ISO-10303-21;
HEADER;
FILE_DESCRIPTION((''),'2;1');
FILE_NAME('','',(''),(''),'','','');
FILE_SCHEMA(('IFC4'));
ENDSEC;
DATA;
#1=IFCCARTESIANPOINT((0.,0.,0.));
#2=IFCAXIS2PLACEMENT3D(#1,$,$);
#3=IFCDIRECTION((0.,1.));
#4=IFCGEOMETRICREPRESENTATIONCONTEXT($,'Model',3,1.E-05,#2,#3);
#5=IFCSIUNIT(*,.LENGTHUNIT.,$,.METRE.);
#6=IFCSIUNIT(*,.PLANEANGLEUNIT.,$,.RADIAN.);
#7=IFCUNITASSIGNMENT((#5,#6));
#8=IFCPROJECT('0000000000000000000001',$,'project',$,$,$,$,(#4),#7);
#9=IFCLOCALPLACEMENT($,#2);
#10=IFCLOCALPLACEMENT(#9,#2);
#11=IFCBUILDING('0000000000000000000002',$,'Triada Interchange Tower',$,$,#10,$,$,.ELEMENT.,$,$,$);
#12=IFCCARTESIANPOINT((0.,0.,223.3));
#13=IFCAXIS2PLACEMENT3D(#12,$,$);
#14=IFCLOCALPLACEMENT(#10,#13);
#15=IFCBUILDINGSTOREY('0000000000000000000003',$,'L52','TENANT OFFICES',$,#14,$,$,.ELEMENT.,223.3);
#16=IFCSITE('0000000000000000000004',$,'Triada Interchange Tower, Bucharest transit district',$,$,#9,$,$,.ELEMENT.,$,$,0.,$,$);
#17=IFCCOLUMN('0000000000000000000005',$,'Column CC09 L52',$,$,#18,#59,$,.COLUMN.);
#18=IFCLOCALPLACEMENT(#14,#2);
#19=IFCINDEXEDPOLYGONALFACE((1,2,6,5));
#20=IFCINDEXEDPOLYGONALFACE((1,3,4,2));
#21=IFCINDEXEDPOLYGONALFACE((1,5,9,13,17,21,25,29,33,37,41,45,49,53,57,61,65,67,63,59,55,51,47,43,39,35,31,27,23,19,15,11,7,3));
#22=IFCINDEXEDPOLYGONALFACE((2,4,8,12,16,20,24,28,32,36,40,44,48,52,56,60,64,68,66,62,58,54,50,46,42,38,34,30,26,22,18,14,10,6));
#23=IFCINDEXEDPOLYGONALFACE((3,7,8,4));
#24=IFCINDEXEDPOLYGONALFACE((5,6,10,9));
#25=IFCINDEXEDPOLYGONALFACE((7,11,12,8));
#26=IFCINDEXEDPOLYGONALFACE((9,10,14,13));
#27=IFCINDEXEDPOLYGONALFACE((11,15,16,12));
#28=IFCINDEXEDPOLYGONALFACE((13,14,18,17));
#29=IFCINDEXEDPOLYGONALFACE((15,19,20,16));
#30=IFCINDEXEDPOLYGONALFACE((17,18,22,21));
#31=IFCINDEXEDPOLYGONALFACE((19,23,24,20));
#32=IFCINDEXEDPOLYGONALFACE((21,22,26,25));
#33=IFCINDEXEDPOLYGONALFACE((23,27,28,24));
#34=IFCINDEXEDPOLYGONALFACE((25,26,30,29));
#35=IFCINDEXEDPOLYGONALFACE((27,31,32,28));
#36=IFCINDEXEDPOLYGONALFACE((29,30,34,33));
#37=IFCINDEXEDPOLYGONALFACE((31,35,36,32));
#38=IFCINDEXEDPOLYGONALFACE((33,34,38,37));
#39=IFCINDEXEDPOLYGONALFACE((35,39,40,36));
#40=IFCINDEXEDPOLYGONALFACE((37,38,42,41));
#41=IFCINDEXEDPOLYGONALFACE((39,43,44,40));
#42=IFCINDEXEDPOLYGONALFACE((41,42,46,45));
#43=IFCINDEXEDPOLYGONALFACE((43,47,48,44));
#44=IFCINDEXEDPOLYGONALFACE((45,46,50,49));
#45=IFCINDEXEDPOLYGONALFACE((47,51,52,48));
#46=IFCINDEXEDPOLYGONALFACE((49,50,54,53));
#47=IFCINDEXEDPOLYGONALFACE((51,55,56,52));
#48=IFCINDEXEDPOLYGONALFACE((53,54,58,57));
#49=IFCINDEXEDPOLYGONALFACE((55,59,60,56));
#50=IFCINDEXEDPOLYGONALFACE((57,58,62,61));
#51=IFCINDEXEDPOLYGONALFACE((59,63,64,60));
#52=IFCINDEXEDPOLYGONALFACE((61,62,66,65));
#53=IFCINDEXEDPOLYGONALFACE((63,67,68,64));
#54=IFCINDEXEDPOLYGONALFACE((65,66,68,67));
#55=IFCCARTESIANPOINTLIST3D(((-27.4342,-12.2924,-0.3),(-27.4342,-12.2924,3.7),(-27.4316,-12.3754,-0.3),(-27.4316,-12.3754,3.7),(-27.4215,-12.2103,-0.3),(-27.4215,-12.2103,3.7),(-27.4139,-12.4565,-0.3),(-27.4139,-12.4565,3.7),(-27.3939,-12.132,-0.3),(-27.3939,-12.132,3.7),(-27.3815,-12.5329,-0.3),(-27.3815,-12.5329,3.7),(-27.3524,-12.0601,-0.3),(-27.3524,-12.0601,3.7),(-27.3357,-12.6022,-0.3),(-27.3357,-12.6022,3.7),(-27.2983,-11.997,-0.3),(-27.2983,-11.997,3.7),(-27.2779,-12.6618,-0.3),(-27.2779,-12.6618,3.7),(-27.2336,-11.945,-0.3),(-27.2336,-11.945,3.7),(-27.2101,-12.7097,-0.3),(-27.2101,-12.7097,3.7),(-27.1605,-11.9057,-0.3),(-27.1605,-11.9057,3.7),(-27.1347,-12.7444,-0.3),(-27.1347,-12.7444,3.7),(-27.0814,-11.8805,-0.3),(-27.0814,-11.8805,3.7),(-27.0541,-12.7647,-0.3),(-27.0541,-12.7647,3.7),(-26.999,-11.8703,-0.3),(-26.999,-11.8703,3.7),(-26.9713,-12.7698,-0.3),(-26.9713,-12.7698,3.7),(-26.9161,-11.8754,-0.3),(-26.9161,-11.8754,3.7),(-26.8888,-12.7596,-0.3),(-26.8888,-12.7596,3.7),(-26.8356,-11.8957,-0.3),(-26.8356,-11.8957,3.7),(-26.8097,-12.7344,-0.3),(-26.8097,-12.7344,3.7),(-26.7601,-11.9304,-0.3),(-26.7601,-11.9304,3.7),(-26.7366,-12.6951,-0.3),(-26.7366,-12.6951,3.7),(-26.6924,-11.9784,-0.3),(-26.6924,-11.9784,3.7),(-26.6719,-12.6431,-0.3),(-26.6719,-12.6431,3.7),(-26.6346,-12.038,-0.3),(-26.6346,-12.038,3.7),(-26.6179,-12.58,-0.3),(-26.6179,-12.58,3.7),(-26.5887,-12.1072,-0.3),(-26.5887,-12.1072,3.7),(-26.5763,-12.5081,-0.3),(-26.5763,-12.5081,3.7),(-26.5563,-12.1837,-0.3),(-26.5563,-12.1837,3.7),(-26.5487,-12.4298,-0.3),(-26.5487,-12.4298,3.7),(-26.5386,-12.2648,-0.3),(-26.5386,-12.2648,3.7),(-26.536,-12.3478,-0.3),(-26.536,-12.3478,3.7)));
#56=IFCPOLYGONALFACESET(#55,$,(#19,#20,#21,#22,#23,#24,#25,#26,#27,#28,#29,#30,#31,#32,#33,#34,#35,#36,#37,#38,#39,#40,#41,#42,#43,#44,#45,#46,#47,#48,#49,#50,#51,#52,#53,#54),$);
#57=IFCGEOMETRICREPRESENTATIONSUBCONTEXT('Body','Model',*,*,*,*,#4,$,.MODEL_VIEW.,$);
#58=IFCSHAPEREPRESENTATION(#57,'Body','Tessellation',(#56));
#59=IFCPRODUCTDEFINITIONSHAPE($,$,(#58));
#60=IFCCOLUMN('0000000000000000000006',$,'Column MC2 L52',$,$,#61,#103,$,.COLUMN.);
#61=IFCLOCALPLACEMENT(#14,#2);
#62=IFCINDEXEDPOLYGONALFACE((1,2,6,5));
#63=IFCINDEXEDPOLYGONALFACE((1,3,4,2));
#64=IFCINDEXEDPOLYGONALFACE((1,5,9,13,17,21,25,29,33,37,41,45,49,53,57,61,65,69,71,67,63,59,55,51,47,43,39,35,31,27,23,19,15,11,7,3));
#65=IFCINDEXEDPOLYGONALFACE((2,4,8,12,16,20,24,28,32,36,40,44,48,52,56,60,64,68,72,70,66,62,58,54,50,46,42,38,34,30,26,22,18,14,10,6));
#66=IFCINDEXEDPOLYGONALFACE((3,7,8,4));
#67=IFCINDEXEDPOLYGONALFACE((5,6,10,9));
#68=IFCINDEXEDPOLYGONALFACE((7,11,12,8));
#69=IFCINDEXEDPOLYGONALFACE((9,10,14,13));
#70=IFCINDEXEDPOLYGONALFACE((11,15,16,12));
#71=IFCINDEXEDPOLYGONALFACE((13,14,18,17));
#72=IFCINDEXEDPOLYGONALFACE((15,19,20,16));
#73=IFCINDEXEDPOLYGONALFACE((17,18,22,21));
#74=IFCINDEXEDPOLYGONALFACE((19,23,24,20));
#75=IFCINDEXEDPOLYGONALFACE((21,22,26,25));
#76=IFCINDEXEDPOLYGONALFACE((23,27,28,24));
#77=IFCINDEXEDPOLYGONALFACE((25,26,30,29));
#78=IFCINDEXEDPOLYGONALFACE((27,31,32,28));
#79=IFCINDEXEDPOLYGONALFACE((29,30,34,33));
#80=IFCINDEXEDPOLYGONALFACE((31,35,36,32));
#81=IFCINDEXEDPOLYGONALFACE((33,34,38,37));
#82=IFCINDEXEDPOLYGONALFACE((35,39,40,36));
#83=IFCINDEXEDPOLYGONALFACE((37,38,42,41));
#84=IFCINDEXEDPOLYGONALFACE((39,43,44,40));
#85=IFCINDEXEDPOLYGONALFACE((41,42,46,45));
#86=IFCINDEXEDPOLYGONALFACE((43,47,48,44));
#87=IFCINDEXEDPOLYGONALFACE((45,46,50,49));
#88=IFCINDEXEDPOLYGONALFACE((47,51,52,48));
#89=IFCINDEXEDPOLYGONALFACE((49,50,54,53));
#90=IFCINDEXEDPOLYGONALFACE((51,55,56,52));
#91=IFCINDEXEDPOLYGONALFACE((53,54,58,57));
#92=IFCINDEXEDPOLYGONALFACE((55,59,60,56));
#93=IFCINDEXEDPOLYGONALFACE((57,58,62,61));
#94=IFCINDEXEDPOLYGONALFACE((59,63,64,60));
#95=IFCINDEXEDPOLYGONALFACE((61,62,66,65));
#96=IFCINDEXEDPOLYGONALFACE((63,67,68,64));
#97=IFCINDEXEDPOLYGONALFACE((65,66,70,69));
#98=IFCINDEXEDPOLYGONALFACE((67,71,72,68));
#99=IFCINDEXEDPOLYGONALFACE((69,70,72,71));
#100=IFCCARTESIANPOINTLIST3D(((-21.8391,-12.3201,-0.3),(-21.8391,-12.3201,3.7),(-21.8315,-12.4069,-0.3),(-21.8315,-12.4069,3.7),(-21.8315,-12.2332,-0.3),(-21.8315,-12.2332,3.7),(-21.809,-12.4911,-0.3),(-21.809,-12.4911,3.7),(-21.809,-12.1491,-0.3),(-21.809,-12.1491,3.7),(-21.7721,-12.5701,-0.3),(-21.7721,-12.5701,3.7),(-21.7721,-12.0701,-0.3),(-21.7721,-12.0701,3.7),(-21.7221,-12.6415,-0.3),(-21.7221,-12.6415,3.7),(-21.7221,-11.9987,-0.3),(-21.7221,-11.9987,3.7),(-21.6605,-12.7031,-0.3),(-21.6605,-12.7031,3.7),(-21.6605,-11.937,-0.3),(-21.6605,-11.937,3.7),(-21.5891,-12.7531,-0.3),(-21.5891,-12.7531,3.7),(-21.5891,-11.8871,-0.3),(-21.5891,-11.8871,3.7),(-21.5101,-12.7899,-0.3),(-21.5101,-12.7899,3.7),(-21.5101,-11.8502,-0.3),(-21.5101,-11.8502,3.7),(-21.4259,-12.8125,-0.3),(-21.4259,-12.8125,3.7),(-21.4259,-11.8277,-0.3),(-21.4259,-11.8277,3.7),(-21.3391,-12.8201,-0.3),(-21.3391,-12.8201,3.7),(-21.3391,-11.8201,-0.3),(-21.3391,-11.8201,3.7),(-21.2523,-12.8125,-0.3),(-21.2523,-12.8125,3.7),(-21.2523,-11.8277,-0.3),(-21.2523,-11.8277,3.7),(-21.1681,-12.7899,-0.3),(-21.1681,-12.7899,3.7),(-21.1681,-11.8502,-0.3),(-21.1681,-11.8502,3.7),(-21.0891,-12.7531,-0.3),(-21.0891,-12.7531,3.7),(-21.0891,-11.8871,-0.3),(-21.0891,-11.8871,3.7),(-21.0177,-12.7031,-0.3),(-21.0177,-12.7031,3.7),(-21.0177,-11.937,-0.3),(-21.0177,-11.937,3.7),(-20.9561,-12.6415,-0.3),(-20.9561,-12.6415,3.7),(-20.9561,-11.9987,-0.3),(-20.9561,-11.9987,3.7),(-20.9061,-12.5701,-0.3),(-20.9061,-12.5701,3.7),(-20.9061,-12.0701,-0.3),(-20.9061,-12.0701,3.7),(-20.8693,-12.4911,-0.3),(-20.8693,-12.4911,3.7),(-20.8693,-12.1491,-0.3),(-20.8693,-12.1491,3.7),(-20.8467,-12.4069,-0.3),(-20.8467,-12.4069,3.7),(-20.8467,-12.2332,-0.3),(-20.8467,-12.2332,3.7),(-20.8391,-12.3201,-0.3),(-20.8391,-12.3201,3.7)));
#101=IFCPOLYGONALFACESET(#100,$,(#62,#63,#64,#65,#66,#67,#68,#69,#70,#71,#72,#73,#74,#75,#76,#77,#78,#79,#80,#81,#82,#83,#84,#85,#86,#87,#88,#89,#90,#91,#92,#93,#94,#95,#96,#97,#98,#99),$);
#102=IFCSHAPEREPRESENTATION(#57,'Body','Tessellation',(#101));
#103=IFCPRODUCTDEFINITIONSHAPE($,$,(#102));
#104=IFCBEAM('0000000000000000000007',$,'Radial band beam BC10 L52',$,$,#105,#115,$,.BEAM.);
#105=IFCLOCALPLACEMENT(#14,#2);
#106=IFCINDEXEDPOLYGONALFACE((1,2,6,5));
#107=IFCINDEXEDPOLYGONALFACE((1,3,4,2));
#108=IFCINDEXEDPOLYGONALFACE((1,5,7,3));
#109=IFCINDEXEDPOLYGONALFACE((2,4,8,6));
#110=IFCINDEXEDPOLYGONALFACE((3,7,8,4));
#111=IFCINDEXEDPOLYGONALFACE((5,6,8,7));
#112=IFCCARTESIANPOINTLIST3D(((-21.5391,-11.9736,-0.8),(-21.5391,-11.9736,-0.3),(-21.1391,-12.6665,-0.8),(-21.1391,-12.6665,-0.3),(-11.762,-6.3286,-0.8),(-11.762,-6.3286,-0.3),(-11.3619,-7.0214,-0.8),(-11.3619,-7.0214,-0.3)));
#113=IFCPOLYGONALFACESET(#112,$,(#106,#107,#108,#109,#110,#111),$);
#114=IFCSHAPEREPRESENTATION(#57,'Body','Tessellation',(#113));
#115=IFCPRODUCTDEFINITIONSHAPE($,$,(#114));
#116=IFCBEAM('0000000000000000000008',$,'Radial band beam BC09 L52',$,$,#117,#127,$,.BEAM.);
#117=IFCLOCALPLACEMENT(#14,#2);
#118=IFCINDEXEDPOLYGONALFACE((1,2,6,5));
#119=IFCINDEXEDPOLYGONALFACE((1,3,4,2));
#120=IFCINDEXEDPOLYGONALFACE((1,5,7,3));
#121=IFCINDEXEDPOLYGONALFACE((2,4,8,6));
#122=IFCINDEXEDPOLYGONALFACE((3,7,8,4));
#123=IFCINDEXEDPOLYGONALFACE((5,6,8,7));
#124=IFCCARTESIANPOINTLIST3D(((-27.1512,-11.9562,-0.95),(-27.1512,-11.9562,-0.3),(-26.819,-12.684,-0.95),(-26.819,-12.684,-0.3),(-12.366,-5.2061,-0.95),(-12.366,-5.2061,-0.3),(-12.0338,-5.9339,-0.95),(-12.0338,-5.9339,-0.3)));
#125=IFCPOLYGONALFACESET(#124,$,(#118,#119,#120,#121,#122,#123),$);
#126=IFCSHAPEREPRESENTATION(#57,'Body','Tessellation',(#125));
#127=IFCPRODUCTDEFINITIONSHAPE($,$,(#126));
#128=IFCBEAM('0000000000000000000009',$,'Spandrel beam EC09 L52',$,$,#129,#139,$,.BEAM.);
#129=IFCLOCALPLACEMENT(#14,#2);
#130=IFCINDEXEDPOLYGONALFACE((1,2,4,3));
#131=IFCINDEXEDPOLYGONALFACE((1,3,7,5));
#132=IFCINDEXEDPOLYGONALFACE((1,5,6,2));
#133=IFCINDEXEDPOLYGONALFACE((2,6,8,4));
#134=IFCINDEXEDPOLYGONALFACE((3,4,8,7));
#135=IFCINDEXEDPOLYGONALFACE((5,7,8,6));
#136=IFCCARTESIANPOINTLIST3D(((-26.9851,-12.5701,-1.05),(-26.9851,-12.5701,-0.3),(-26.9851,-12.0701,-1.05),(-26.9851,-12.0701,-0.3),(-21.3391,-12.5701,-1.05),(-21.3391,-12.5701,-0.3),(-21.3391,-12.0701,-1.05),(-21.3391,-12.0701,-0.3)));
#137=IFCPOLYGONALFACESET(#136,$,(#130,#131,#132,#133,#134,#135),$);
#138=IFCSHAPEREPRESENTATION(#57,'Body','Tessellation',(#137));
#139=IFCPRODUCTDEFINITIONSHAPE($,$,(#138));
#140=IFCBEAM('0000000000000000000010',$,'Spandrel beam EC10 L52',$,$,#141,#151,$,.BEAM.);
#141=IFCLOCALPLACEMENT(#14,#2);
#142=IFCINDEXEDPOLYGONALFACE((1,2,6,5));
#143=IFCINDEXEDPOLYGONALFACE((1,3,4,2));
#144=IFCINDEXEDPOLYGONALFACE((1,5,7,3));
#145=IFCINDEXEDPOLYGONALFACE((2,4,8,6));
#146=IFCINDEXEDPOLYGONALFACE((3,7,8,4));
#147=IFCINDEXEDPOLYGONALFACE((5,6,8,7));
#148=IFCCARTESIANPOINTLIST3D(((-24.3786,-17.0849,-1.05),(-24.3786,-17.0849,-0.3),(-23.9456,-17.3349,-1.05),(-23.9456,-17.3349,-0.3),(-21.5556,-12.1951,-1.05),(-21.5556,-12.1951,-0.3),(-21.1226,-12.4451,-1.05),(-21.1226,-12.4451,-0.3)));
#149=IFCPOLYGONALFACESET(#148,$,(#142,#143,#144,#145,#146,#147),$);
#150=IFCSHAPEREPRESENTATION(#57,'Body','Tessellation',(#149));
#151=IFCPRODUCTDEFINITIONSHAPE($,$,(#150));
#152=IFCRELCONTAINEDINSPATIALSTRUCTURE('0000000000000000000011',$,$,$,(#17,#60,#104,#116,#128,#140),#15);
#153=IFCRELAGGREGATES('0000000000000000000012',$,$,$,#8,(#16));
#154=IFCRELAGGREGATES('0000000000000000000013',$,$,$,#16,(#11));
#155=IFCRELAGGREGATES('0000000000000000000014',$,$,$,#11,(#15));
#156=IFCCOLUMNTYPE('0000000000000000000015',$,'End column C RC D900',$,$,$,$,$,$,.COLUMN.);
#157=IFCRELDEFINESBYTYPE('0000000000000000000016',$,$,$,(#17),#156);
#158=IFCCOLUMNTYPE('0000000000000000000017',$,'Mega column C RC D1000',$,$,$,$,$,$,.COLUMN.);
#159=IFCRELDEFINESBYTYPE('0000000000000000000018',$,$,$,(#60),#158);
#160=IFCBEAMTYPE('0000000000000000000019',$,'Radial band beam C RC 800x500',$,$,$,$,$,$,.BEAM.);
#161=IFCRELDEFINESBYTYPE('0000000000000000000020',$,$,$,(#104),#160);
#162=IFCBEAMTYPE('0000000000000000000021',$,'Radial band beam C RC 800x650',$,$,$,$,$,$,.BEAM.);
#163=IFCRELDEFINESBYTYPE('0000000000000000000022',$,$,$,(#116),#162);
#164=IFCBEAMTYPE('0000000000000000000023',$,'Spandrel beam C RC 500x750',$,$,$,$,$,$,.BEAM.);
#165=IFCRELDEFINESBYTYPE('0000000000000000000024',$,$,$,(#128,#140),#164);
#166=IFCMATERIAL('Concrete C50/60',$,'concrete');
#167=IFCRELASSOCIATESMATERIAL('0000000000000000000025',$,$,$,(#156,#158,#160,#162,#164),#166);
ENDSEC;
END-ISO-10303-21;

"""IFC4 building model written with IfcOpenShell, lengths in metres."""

from ifc_helpers import new_model, si_unit, direction, frame, origin, origin_2d, place, context, subcontext, project, spatial, rectangle, circle, extrude, material, material_profile, profile_set, type_object, element, save


model = new_model("IFC4")

# Units and contexts
model_context = context("Model", 3, precision=1e-05, world=origin(), true_north=direction((0.0, 1.0)))
body_context = subcontext(model_context, "Body", "Model", "MODEL_VIEW")
ifc_project = project(units=[si_unit("LENGTHUNIT", "METRE"), si_unit("PLANEANGLEUNIT", "RADIAN")], contexts=[model_context])

# Site, building, storey
site_placement = place(None, origin())
site = spatial("IfcSite", under=ifc_project, at=site_placement, Name="Triada Interchange Tower, Bucharest transit district", CompositionType="ELEMENT", RefElevation=0.0)
building_placement = place(site_placement, origin())
building = spatial("IfcBuilding", under=site, at=building_placement, Name="Triada Interchange Tower", CompositionType="ELEMENT")
storey_placement = place(building_placement, frame((0.0, 0.0, 223.3)))
storey = spatial("IfcBuildingStorey", under=building, at=storey_placement, Name="L52", Description="TENANT OFFICES", CompositionType="ELEMENT", Elevation=223.3)

# Columns
ifc_material_1 = material(Name="Concrete C50/60", Category="concrete")
ifc_material_profile_1 = material_profile(ifc_material_1, circle(Radius=0.45, at=origin_2d()), Name="RC D900")
ifc_profile_set_1 = profile_set([ifc_material_profile_1], Name="Concrete C50/60")
column_type_1 = type_object("IfcColumnType", Name="End column C RC D900", PredefinedType="COLUMN", material=ifc_profile_set_1)
column_1_placement = place(storey_placement, frame((-26.9851, -12.3201, -0.3), z_axis=(0.0, 0.0, 1.0), x_axis=(0.5, 0.866025, 0.0)))
element("IfcColumn", 1, at=column_1_placement, inside=storey, type_object=column_type_1, Name="Column CC09 L52", PredefinedType="COLUMN", context=body_context, shape_type="SweptSolid", body=[
    extrude(circle(Radius=0.45, at=origin_2d()), origin(), (0.0, 0.0, 1.0), 4.0),
])
ifc_material_profile_2 = material_profile(ifc_material_1, circle(Radius=0.5, at=origin_2d()), Name="RC D1000")
ifc_profile_set_2 = profile_set([ifc_material_profile_2], Name="Concrete C50/60")
column_type_2 = type_object("IfcColumnType", Name="Mega column C RC D1000", PredefinedType="COLUMN", material=ifc_profile_set_2)
column_2_placement = place(storey_placement, frame((-21.3391, -12.3201, -0.3), z_axis=(0.0, 0.0, 1.0), x_axis=(1.0, 0.0, 0.0)))
element("IfcColumn", 2, at=column_2_placement, inside=storey, type_object=column_type_2, Name="Column MC2 L52", PredefinedType="COLUMN", context=body_context, shape_type="SweptSolid", body=[
    extrude(circle(Radius=0.5, at=origin_2d()), origin(), (0.0, 0.0, 1.0), 4.0),
])

# Beams
ifc_material_profile_3 = material_profile(ifc_material_1, rectangle(XDim=0.8, YDim=0.5, at=origin_2d()), Name="RC 800x500")
ifc_profile_set_3 = profile_set([ifc_material_profile_3], Name="Concrete C50/60")
beam_type_1 = type_object("IfcBeamType", Name="Radial band beam C RC 800x500", PredefinedType="BEAM", material=ifc_profile_set_3)
beam_1_placement = place(storey_placement, frame((-21.3391, -12.3201, -0.55), z_axis=(0.866017, 0.500014, 0.0), x_axis=(-0.500014, 0.866017, 0.0)))
element("IfcBeam", 3, at=beam_1_placement, inside=storey, type_object=beam_type_1, Name="Radial band beam BC10 L52", PredefinedType="BEAM", context=body_context, shape_type="SweptSolid", body=[
    extrude(rectangle(XDim=0.8, YDim=0.5, at=origin_2d()), origin(), (0.0, 0.0, 1.0), 11.2898),
])
ifc_material_profile_4 = material_profile(ifc_material_1, rectangle(XDim=0.8, YDim=0.6499, at=origin_2d()), Name="RC 800x650")
ifc_profile_set_4 = profile_set([ifc_material_profile_4], Name="Concrete C50/60")
beam_type_2 = type_object("IfcBeamType", Name="Radial band beam C RC 800x650", PredefinedType="BEAM", material=ifc_profile_set_4)
beam_2_placement = place(storey_placement, frame((-26.9851, -12.3201, -0.625), z_axis=(0.909682, 0.415305, 0.0), x_axis=(-0.415305, 0.909682, 0.0)))
element("IfcBeam", 4, at=beam_2_placement, inside=storey, type_object=beam_type_2, Name="Radial band beam BC09 L52", PredefinedType="BEAM", context=body_context, shape_type="SweptSolid", body=[
    extrude(rectangle(XDim=0.8, YDim=0.6499, at=origin_2d()), origin(), (0.0, 0.0, 1.0), 16.2532),
])
ifc_material_profile_5 = material_profile(ifc_material_1, rectangle(XDim=0.5, YDim=0.75, at=origin_2d()), Name="RC 500x750")
ifc_profile_set_5 = profile_set([ifc_material_profile_5], Name="Concrete C50/60")
beam_type_3 = type_object("IfcBeamType", Name="Spandrel beam C RC 500x750", PredefinedType="BEAM", material=ifc_profile_set_5)
beam_3_placement = place(storey_placement, frame((-26.9851, -12.3201, -0.675), z_axis=(1.0, 0.0, 0.0), x_axis=(0.0, 1.0, 0.0)))
element("IfcBeam", 5, at=beam_3_placement, inside=storey, type_object=beam_type_3, Name="Spandrel beam EC09 L52", PredefinedType="BEAM", context=body_context, shape_type="SweptSolid", body=[
    extrude(rectangle(XDim=0.5, YDim=0.75, at=origin_2d()), origin(), (0.0, 0.0, 1.0), 5.646),
])
beam_4_placement = place(storey_placement, frame((-21.3391, -12.3201, -0.675), z_axis=(-0.499976, -0.866039, 0.0), x_axis=(0.866039, -0.499976, 0.0)))
element("IfcBeam", 6, at=beam_4_placement, inside=storey, type_object=beam_type_3, Name="Spandrel beam EC10 L52", PredefinedType="BEAM", context=body_context, shape_type="SweptSolid", body=[
    extrude(rectangle(XDim=0.5, YDim=0.75, at=origin_2d()), origin(), (0.0, 0.0, 1.0), 5.6462),
])

save(model, "model.ifc")
